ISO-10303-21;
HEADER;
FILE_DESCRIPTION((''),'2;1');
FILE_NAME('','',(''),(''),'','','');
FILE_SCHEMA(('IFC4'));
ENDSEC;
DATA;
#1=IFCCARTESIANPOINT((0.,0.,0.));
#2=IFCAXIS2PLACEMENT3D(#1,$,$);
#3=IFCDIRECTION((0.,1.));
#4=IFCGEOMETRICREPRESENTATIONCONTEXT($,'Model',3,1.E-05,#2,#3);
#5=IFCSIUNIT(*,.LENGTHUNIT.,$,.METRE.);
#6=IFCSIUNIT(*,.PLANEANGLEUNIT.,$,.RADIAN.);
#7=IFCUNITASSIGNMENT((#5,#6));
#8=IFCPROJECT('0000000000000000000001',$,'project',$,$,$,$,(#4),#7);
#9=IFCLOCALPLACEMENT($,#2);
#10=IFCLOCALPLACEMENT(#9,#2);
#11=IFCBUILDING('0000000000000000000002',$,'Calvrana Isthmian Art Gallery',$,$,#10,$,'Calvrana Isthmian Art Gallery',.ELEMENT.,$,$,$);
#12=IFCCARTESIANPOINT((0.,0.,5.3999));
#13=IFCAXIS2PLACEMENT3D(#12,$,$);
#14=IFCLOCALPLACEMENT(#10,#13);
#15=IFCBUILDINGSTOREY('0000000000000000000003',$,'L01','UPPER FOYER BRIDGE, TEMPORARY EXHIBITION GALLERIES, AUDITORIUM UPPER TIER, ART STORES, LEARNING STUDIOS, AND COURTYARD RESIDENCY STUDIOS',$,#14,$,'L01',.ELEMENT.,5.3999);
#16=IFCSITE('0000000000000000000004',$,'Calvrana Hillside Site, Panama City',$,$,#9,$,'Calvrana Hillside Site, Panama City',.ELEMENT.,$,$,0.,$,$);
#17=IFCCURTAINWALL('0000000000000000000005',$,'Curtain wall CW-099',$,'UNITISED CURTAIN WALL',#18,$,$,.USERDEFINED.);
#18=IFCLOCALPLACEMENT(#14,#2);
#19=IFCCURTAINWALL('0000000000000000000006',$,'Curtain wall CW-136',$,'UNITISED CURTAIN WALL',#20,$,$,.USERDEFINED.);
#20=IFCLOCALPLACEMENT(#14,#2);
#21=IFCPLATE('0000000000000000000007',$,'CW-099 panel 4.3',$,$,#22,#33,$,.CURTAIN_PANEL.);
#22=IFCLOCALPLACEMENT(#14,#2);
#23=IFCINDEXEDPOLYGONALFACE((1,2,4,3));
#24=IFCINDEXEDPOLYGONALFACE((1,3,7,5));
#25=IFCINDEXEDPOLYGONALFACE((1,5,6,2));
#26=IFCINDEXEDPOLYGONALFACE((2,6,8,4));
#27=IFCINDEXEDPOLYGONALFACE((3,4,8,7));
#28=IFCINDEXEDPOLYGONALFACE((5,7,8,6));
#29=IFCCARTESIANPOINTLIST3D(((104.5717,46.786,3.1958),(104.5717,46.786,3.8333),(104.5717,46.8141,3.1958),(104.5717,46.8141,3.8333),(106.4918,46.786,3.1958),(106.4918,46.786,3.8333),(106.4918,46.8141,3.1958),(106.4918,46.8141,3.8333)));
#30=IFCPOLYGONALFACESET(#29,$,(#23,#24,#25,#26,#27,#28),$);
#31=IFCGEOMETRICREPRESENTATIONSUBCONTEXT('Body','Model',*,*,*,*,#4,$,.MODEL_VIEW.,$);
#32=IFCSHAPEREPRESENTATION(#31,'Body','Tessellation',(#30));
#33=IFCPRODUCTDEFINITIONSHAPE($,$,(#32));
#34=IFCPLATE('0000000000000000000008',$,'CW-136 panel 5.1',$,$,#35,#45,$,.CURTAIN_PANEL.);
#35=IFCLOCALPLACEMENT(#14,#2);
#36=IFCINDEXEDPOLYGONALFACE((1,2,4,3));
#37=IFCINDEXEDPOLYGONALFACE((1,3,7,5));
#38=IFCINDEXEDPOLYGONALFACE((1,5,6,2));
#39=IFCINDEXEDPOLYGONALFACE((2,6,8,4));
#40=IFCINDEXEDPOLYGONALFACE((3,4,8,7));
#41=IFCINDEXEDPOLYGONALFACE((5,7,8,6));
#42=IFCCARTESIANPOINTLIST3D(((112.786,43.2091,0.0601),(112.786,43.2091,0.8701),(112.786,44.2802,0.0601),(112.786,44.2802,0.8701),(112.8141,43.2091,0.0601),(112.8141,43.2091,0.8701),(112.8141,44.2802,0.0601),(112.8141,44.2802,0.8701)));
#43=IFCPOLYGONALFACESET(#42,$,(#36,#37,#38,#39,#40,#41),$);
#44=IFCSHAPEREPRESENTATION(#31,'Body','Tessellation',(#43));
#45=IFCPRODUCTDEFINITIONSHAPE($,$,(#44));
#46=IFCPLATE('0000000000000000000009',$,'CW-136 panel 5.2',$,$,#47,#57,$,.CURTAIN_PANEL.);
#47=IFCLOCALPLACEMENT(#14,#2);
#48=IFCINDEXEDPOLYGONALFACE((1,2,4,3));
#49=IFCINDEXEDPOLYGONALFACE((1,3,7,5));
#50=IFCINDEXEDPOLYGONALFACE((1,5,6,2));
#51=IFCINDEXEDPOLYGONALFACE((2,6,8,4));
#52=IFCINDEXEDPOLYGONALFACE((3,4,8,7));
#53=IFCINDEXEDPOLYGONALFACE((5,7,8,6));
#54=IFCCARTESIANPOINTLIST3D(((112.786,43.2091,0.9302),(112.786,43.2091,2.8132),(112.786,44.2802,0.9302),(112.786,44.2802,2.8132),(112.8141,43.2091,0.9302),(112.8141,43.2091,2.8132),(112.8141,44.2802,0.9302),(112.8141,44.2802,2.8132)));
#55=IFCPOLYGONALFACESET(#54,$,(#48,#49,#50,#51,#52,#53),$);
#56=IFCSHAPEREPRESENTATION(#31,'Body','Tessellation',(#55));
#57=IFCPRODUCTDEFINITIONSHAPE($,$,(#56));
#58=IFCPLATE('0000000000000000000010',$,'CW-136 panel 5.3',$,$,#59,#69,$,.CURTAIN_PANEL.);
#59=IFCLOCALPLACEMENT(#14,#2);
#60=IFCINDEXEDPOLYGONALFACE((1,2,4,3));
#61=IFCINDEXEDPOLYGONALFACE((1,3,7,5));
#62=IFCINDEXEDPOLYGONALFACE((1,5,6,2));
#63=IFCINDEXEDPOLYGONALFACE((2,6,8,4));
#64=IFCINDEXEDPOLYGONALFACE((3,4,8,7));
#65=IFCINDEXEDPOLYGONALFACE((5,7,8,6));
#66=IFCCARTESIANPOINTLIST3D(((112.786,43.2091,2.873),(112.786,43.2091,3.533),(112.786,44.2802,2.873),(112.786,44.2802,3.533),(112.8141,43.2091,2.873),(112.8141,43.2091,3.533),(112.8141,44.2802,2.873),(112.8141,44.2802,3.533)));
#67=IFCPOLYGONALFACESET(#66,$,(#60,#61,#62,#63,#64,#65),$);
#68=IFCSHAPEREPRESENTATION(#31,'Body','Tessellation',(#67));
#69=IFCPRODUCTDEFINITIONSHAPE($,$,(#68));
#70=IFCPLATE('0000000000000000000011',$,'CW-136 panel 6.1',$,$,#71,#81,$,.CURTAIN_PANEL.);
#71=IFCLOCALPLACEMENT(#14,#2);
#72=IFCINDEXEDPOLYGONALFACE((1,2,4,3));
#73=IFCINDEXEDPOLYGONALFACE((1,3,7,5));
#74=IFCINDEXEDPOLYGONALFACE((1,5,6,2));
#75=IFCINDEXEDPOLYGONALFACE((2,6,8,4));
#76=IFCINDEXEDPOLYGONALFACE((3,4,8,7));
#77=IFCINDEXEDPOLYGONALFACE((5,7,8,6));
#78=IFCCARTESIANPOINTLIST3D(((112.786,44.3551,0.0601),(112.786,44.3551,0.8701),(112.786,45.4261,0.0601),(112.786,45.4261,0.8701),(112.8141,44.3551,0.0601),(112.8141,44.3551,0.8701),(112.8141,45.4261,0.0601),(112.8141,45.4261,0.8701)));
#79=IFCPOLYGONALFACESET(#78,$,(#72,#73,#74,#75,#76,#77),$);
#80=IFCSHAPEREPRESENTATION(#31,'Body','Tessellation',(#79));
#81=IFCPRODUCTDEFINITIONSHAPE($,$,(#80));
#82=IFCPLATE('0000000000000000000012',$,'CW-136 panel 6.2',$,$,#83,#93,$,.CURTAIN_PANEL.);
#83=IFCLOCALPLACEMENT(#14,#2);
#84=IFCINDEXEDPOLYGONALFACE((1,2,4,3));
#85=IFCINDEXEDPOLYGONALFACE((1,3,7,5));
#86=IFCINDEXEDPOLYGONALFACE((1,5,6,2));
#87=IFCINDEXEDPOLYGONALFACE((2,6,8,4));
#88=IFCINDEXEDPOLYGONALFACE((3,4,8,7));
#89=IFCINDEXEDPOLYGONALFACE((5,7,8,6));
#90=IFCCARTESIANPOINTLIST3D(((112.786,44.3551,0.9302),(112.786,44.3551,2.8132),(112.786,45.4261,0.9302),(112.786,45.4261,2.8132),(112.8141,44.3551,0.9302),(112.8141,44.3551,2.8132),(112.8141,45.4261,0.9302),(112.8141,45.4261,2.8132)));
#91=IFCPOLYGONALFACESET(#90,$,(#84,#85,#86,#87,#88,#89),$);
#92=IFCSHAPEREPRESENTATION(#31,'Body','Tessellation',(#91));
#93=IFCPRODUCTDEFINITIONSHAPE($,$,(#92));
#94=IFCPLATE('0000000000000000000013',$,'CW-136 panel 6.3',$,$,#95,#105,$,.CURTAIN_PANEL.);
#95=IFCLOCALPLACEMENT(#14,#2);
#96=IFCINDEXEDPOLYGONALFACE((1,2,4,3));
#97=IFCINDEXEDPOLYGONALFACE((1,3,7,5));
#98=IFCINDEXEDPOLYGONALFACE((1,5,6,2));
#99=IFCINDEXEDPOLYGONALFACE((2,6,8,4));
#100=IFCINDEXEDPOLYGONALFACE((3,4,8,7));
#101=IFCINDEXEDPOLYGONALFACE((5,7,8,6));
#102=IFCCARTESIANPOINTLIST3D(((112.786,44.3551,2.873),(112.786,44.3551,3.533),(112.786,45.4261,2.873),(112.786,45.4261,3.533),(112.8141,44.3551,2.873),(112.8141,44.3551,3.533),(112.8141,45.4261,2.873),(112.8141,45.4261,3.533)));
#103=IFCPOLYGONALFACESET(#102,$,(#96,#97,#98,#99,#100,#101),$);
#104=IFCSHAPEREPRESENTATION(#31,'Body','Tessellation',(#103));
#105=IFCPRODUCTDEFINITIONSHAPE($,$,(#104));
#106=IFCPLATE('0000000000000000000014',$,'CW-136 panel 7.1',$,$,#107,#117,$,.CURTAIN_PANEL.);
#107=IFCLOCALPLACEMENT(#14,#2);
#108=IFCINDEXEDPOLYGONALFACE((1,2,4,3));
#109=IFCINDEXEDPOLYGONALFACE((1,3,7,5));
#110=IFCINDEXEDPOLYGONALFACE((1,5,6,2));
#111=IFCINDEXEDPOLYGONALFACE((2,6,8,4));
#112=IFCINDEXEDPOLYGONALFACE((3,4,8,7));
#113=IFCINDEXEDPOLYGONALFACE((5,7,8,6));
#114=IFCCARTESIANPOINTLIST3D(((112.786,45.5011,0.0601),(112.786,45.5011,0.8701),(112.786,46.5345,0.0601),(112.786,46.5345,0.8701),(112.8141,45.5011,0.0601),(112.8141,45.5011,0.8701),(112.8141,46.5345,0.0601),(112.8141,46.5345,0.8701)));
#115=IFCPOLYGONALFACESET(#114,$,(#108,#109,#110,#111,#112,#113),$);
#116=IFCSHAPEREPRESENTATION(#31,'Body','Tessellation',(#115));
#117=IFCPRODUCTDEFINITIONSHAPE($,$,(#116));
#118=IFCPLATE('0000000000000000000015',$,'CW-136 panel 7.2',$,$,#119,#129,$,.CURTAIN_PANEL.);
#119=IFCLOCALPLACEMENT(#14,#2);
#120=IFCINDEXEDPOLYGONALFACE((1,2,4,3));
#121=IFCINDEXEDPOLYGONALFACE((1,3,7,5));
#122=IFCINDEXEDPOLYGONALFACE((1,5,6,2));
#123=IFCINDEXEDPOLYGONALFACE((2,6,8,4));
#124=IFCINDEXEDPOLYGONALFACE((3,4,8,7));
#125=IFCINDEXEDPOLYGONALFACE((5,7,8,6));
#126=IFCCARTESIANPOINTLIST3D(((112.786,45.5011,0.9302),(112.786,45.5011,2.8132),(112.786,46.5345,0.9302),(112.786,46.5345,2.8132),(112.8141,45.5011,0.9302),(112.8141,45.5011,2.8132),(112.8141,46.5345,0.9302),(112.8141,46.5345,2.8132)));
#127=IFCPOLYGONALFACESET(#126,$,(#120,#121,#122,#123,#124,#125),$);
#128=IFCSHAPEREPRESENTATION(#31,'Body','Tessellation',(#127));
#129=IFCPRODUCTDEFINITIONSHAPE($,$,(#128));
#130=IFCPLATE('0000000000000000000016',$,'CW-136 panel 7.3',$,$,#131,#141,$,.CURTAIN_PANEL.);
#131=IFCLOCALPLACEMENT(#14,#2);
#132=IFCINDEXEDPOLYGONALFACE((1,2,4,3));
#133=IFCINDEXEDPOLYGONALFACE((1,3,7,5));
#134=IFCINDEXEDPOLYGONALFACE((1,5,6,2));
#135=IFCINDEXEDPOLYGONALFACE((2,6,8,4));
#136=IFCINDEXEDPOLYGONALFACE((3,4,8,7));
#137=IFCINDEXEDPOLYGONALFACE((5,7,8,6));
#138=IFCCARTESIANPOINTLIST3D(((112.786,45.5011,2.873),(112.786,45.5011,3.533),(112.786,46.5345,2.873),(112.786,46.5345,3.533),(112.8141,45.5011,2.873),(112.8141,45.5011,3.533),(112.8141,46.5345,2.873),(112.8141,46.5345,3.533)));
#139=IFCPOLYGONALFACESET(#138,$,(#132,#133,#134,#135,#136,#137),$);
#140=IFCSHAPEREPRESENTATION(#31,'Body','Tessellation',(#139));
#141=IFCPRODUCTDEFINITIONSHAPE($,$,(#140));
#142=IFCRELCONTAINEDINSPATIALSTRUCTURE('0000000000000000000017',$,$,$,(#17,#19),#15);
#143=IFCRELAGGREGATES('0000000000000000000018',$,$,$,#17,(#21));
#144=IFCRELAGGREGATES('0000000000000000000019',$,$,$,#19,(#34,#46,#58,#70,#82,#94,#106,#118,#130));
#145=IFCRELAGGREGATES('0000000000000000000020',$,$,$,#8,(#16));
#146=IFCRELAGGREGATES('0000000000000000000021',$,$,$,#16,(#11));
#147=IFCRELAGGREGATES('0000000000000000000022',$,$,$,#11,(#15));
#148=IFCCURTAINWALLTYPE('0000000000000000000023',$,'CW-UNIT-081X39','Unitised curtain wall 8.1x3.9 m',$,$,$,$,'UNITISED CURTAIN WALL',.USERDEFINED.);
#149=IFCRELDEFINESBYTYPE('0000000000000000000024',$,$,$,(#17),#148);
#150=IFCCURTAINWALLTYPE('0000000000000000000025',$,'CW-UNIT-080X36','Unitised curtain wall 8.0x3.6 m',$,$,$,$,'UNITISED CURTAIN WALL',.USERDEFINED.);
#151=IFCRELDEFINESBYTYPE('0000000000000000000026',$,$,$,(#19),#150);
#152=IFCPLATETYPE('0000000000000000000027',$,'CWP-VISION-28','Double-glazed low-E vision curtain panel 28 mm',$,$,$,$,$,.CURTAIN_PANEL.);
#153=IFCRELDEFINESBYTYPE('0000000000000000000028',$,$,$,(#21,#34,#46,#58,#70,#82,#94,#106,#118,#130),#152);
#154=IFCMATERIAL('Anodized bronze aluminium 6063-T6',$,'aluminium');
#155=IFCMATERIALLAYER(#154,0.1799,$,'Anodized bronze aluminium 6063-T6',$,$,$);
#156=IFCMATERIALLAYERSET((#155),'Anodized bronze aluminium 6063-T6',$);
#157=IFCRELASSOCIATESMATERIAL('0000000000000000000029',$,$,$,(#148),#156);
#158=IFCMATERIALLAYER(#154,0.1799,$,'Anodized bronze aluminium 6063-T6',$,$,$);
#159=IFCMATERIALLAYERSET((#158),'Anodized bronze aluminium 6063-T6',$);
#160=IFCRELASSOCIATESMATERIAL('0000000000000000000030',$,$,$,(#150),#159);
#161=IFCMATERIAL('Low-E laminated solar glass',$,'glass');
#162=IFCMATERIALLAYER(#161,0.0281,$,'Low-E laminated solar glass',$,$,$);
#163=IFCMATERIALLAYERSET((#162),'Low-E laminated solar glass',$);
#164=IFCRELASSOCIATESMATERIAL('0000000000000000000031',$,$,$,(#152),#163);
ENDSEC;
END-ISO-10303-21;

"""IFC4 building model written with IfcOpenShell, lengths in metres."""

from ifc_helpers import new_model, si_unit, direction, frame, origin, origin_2d, place, context, subcontext, project, spatial, rectangle, extrude, material, layer, layer_set, type_object, element, aggregate, save


model = new_model("IFC4")

# Units and contexts
model_context = context("Model", 3, precision=1e-05, world=origin(), true_north=direction((0.0, 1.0)))
body_context = subcontext(model_context, "Body", "Model", "MODEL_VIEW")
ifc_project = project(units=[si_unit("LENGTHUNIT", "METRE"), si_unit("PLANEANGLEUNIT", "RADIAN")], contexts=[model_context])

# Site, building, storey
site_placement = place(None, origin())
site = spatial("IfcSite", under=ifc_project, at=site_placement, Name="Calvrana Hillside Site, Panama City", LongName="Calvrana Hillside Site, Panama City", CompositionType="ELEMENT", RefElevation=0.0)
building_placement = place(site_placement, origin())
building = spatial("IfcBuilding", under=site, at=building_placement, Name="Calvrana Isthmian Art Gallery", LongName="Calvrana Isthmian Art Gallery", CompositionType="ELEMENT")
storey_placement = place(building_placement, frame((0.0, 0.0, 5.3999)))
storey = spatial("IfcBuildingStorey", under=building, at=storey_placement, Name="L01", Description="UPPER FOYER BRIDGE, TEMPORARY EXHIBITION GALLERIES, AUDITORIUM UPPER TIER, ART STORES, LEARNING STUDIOS, AND COURTYARD RESIDENCY STUDIOS", LongName="L01", CompositionType="ELEMENT", Elevation=5.3999)

# Curtain wall
ifc_material_1 = material(Name="Anodized bronze aluminium 6063-T6", Category="aluminium")
ifc_layer_1 = layer(ifc_material_1, 0.1799, Name="Anodized bronze aluminium 6063-T6")
ifc_layer_set_1 = layer_set([ifc_layer_1], Name="Anodized bronze aluminium 6063-T6")
curtain_wall_type_1 = type_object("IfcCurtainWallType", Name="CW-UNIT-081X39", Description="Unitised curtain wall 8.1x3.9 m", ElementType="UNITISED CURTAIN WALL", PredefinedType="USERDEFINED", material=ifc_layer_set_1)
curtain_wall_1_placement = place(storey_placement, origin())
curtain_wall_1 = element("IfcCurtainWall", 1, at=curtain_wall_1_placement, inside=storey, type_object=curtain_wall_type_1, Name="Curtain wall CW-099", ObjectType="UNITISED CURTAIN WALL", PredefinedType="USERDEFINED")

# Curtain wall
ifc_layer_2 = layer(ifc_material_1, 0.1799, Name="Anodized bronze aluminium 6063-T6")
ifc_layer_set_2 = layer_set([ifc_layer_2], Name="Anodized bronze aluminium 6063-T6")
curtain_wall_type_2 = type_object("IfcCurtainWallType", Name="CW-UNIT-080X36", Description="Unitised curtain wall 8.0x3.6 m", ElementType="UNITISED CURTAIN WALL", PredefinedType="USERDEFINED", material=ifc_layer_set_2)
curtain_wall_2_placement = place(storey_placement, origin())
curtain_wall_2 = element("IfcCurtainWall", 2, at=curtain_wall_2_placement, inside=storey, type_object=curtain_wall_type_2, Name="Curtain wall CW-136", ObjectType="UNITISED CURTAIN WALL", PredefinedType="USERDEFINED")

# Plates
ifc_material_2 = material(Name="Low-E laminated solar glass", Category="glass")
ifc_layer_3 = layer(ifc_material_2, 0.0281, Name="Low-E laminated solar glass")
ifc_layer_set_3 = layer_set([ifc_layer_3], Name="Low-E laminated solar glass")
plate_type = type_object("IfcPlateType", Name="CWP-VISION-28", Description="Double-glazed low-E vision curtain panel 28 mm", PredefinedType="CURTAIN_PANEL", material=ifc_layer_set_3)
plate_1_placement = place(storey_placement, frame((105.5317, 46.8, 3.1958), z_axis=(0.0, 0.0, 1.0), x_axis=(-1.0, 0.0, 0.0)))
plate_1 = element("IfcPlate", 3, at=plate_1_placement, type_object=plate_type, Name="CW-099 panel 4.3", PredefinedType="CURTAIN_PANEL", context=body_context, shape_type="SweptSolid", body=[
    extrude(rectangle(XDim=1.9202, YDim=0.0281, at=origin_2d()), origin(), (0.0, 0.0, 1.0), 0.6375),
])
aggregate(curtain_wall_1, [plate_1])
plate_2_placement = place(storey_placement, frame((112.8, 43.7446, 0.0601), z_axis=(0.0, 0.0, 1.0), x_axis=(0.0, 1.0, 0.0)))
plate_2 = element("IfcPlate", 4, at=plate_2_placement, type_object=plate_type, Name="CW-136 panel 5.1", PredefinedType="CURTAIN_PANEL", context=body_context, shape_type="SweptSolid", body=[
    extrude(rectangle(XDim=1.071, YDim=0.0281, at=origin_2d()), origin(), (0.0, 0.0, 1.0), 0.8101),
])
plate_3_placement = place(storey_placement, frame((112.8, 43.7446, 0.9302), z_axis=(0.0, 0.0, 1.0), x_axis=(0.0, 1.0, 0.0)))
plate_3 = element("IfcPlate", 5, at=plate_3_placement, type_object=plate_type, Name="CW-136 panel 5.2", PredefinedType="CURTAIN_PANEL", context=body_context, shape_type="SweptSolid", body=[
    extrude(rectangle(XDim=1.071, YDim=0.0281, at=origin_2d()), origin(), (0.0, 0.0, 1.0), 1.8831),
])
plate_4_placement = place(storey_placement, frame((112.8, 43.7446, 2.873), z_axis=(0.0, 0.0, 1.0), x_axis=(0.0, 1.0, 0.0)))
plate_4 = element("IfcPlate", 6, at=plate_4_placement, type_object=plate_type, Name="CW-136 panel 5.3", PredefinedType="CURTAIN_PANEL", context=body_context, shape_type="SweptSolid", body=[
    extrude(rectangle(XDim=1.071, YDim=0.0281, at=origin_2d()), origin(), (0.0, 0.0, 1.0), 0.6599),
])
plate_5_placement = place(storey_placement, frame((112.8, 44.8906, 0.0601), z_axis=(0.0, 0.0, 1.0), x_axis=(0.0, 1.0, 0.0)))
plate_5 = element("IfcPlate", 7, at=plate_5_placement, type_object=plate_type, Name="CW-136 panel 6.1", PredefinedType="CURTAIN_PANEL", context=body_context, shape_type="SweptSolid", body=[
    extrude(rectangle(XDim=1.071, YDim=0.0281, at=origin_2d()), origin(), (0.0, 0.0, 1.0), 0.8101),
])
plate_6_placement = place(storey_placement, frame((112.8, 44.8906, 0.9302), z_axis=(0.0, 0.0, 1.0), x_axis=(0.0, 1.0, 0.0)))
plate_6 = element("IfcPlate", 8, at=plate_6_placement, type_object=plate_type, Name="CW-136 panel 6.2", PredefinedType="CURTAIN_PANEL", context=body_context, shape_type="SweptSolid", body=[
    extrude(rectangle(XDim=1.071, YDim=0.0281, at=origin_2d()), origin(), (0.0, 0.0, 1.0), 1.8831),
])
plate_7_placement = place(storey_placement, frame((112.8, 44.8906, 2.873), z_axis=(0.0, 0.0, 1.0), x_axis=(0.0, 1.0, 0.0)))
plate_7 = element("IfcPlate", 9, at=plate_7_placement, type_object=plate_type, Name="CW-136 panel 6.3", PredefinedType="CURTAIN_PANEL", context=body_context, shape_type="SweptSolid", body=[
    extrude(rectangle(XDim=1.071, YDim=0.0281, at=origin_2d()), origin(), (0.0, 0.0, 1.0), 0.6599),
])
plate_8_placement = place(storey_placement, frame((112.8, 46.0178, 0.0601), z_axis=(0.0, 0.0, 1.0), x_axis=(0.0, 1.0, 0.0)))
plate_8 = element("IfcPlate", 10, at=plate_8_placement, type_object=plate_type, Name="CW-136 panel 7.1", PredefinedType="CURTAIN_PANEL", context=body_context, shape_type="SweptSolid", body=[
    extrude(rectangle(XDim=1.0334, YDim=0.0281, at=origin_2d()), origin(), (0.0, 0.0, 1.0), 0.8101),
])
plate_9_placement = place(storey_placement, frame((112.8, 46.0178, 0.9302), z_axis=(0.0, 0.0, 1.0), x_axis=(0.0, 1.0, 0.0)))
plate_9 = element("IfcPlate", 11, at=plate_9_placement, type_object=plate_type, Name="CW-136 panel 7.2", PredefinedType="CURTAIN_PANEL", context=body_context, shape_type="SweptSolid", body=[
    extrude(rectangle(XDim=1.0334, YDim=0.0281, at=origin_2d()), origin(), (0.0, 0.0, 1.0), 1.8831),
])
plate_10_placement = place(storey_placement, frame((112.8, 46.0178, 2.873), z_axis=(0.0, 0.0, 1.0), x_axis=(0.0, 1.0, 0.0)))
plate_10 = element("IfcPlate", 12, at=plate_10_placement, type_object=plate_type, Name="CW-136 panel 7.3", PredefinedType="CURTAIN_PANEL", context=body_context, shape_type="SweptSolid", body=[
    extrude(rectangle(XDim=1.0334, YDim=0.0281, at=origin_2d()), origin(), (0.0, 0.0, 1.0), 0.6599),
])
aggregate(curtain_wall_2, [plate_2, plate_3, plate_4, plate_5, plate_6, plate_7, plate_8, plate_9, plate_10])

save(model, "model.ifc")
